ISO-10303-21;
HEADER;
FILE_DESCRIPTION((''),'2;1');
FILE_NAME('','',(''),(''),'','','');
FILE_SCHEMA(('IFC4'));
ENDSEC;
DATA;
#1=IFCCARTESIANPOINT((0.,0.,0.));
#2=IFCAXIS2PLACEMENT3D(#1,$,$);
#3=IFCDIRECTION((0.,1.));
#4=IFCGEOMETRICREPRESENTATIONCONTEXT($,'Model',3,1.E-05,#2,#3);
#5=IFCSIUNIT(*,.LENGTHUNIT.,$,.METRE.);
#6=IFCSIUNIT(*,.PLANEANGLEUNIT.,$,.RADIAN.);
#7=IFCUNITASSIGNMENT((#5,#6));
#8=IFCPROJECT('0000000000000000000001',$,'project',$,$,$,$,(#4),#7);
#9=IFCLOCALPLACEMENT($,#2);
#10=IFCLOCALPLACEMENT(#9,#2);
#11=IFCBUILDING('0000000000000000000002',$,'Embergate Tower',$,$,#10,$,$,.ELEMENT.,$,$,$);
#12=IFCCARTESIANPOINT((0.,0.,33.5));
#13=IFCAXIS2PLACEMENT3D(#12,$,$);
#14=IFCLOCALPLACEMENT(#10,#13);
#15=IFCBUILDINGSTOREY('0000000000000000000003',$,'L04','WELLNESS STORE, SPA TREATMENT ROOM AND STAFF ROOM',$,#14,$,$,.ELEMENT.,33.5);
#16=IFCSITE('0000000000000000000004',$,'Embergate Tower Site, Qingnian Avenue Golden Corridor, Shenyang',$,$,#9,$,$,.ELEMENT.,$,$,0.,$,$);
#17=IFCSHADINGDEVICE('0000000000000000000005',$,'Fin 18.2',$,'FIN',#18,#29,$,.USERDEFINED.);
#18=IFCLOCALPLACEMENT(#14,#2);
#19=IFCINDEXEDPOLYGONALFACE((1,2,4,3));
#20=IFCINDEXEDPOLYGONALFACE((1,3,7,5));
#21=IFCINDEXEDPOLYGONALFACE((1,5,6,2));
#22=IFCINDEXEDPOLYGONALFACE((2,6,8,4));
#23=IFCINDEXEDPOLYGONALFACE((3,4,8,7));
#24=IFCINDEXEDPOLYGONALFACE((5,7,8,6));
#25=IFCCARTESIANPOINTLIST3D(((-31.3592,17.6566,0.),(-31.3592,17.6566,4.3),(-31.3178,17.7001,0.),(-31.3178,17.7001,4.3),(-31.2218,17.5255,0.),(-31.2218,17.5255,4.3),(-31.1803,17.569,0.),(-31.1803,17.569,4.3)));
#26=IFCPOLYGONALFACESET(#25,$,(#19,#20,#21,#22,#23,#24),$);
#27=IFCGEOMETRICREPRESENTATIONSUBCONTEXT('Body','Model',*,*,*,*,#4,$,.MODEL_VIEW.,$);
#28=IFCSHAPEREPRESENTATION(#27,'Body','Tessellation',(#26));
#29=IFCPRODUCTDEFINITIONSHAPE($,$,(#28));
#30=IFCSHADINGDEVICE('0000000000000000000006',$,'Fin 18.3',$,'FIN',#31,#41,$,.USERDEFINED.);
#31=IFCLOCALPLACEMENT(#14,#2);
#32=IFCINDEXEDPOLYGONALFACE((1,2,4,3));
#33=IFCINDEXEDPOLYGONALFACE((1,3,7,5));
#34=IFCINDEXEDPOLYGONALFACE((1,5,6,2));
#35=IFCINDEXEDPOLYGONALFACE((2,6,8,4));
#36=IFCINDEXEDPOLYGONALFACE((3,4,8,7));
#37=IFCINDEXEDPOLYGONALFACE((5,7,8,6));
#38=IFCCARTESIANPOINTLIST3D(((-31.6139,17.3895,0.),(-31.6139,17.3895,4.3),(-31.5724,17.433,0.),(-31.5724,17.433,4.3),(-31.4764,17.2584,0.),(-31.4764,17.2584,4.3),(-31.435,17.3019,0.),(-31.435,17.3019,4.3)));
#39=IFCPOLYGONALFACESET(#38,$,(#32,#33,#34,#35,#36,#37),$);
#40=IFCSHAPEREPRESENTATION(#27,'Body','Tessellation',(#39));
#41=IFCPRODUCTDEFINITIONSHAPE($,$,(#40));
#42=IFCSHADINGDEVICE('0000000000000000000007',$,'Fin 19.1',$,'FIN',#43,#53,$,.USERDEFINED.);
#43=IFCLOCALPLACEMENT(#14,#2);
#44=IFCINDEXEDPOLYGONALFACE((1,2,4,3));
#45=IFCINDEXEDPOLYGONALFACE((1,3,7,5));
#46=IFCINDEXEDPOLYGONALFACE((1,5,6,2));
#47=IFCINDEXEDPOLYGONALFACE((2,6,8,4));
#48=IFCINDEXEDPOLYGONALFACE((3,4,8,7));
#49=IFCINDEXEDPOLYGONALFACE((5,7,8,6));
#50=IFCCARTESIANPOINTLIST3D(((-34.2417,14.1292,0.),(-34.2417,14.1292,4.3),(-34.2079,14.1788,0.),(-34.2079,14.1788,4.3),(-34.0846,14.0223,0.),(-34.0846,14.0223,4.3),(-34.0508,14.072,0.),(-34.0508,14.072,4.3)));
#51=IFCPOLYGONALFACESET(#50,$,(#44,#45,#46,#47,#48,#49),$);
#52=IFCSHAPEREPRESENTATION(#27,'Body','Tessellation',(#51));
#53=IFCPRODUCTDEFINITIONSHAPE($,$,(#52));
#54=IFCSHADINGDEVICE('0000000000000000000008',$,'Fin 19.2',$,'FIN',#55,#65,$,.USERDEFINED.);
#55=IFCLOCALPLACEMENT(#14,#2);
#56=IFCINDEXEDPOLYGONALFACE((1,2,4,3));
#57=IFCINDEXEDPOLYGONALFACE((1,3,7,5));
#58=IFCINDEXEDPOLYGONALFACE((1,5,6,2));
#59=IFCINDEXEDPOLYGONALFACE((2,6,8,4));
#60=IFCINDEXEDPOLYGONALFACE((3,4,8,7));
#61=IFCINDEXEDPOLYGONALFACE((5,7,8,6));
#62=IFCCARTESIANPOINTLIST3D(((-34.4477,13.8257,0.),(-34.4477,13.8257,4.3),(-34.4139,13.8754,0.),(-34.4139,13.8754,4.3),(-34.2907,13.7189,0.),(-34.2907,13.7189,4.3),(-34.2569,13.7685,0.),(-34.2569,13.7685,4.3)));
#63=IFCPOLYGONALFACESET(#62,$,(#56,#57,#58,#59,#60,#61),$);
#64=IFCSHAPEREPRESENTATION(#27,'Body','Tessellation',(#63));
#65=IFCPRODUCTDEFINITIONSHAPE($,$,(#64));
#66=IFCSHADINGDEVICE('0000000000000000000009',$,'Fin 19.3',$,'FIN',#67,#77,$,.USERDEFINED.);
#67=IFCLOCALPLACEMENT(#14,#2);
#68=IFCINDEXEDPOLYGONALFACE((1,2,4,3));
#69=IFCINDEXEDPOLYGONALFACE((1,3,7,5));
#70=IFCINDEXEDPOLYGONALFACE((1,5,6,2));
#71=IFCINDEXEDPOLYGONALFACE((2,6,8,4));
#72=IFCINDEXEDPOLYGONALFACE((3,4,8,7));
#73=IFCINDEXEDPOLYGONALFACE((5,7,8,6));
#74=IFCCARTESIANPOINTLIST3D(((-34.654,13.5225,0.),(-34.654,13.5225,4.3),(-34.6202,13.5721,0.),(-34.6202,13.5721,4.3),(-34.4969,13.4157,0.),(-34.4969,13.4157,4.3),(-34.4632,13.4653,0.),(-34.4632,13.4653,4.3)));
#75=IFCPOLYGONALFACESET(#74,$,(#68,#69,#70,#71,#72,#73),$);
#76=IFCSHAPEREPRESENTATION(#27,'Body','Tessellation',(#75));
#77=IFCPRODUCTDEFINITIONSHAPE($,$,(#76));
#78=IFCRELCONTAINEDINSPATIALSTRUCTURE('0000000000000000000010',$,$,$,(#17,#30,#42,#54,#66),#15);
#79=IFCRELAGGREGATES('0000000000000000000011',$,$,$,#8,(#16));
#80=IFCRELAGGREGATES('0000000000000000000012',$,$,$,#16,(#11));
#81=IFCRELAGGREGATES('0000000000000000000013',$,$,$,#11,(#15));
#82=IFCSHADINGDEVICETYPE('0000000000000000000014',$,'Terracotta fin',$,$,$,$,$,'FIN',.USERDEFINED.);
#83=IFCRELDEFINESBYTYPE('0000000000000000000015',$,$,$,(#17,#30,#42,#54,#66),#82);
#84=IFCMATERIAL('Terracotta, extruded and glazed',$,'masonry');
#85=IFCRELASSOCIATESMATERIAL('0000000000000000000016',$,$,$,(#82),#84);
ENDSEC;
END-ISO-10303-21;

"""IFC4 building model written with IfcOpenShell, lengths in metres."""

from ifc_helpers import new_model, si_unit, direction, frame, origin, origin_2d, place, context, subcontext, project, spatial, rectangle, extrude, source, transform, mapped, material, material_profile, profile_set, type_object, element, save


model = new_model("IFC4")

# Units and contexts
model_context = context("Model", 3, precision=1e-05, world=origin(), true_north=direction((0.0, 1.0)))
body_context = subcontext(model_context, "Body", "Model", "MODEL_VIEW")
ifc_project = project(units=[si_unit("LENGTHUNIT", "METRE"), si_unit("PLANEANGLEUNIT", "RADIAN")], contexts=[model_context])

# Site, building, storey
site_placement = place(None, origin())
site = spatial("IfcSite", under=ifc_project, at=site_placement, Name="Embergate Tower Site, Qingnian Avenue Golden Corridor, Shenyang", CompositionType="ELEMENT", RefElevation=0.0)
building_placement = place(site_placement, origin())
building = spatial("IfcBuilding", under=site, at=building_placement, Name="Embergate Tower", CompositionType="ELEMENT")
storey_placement = place(building_placement, frame((0.0, 0.0, 33.5)))
storey = spatial("IfcBuildingStorey", under=building, at=storey_placement, Name="L04", Description="WELLNESS STORE, SPA TREATMENT ROOM AND STAFF ROOM", CompositionType="ELEMENT", Elevation=33.5)

# Shading devices
ifc_material_1 = material(Name="Terracotta, extruded and glazed", Category="masonry")
ifc_material_profile_1 = material_profile(ifc_material_1, rectangle(XDim=0.1899, YDim=0.0601, at=origin_2d()), Name="TC 190x60")
ifc_profile_set_1 = profile_set([ifc_material_profile_1], Name="Terracotta, extruded and glazed")
shading_device_type = type_object("IfcShadingDeviceType", Name="Terracotta fin", ElementType="FIN", PredefinedType="USERDEFINED", material=ifc_profile_set_1)
shared_shape_1 = source(origin(), body_context, "Body", "SweptSolid", [
    extrude(rectangle(XDim=0.1899, YDim=0.0601, at=origin_2d()), origin(), (0.0, 0.0, 1.0), 4.3),
])
for number, where, z_axis, x_axis, name in (
    (1, (-31.2698, 17.6128, 0.0), (0.0, 0.0, 1.0), (0.723678, -0.690138, 0.0), "Fin 18.2"),
    (2, (-31.5244, 17.3457, 0.0), (0.0, 0.0, 1.0), (0.723678, -0.690138, 0.0), "Fin 18.3"),
    (3, (-34.1462, 14.1006, 0.0), (0.0, 0.0, 1.0), (0.826902, -0.562346, 0.0), "Fin 19.1"),
    (4, (-34.3523, 13.7971, 0.0), (0.0, 0.0, 1.0), (0.826902, -0.562346, 0.0), "Fin 19.2"),
    (5, (-34.5586, 13.4939, 0.0), (0.0, 0.0, 1.0), (0.826902, -0.562346, 0.0), "Fin 19.3"),
):
    element("IfcShadingDevice", number, at=place(storey_placement, frame(where, z_axis=z_axis, x_axis=x_axis)), inside=storey, type_object=shading_device_type, Name=name, ObjectType="FIN", PredefinedType="USERDEFINED", context=body_context, shape_type="MappedRepresentation", body=[
        mapped(shared_shape_1, transform((0.0, 0.0, 0.0))),
    ])

save(model, "model.ifc")
